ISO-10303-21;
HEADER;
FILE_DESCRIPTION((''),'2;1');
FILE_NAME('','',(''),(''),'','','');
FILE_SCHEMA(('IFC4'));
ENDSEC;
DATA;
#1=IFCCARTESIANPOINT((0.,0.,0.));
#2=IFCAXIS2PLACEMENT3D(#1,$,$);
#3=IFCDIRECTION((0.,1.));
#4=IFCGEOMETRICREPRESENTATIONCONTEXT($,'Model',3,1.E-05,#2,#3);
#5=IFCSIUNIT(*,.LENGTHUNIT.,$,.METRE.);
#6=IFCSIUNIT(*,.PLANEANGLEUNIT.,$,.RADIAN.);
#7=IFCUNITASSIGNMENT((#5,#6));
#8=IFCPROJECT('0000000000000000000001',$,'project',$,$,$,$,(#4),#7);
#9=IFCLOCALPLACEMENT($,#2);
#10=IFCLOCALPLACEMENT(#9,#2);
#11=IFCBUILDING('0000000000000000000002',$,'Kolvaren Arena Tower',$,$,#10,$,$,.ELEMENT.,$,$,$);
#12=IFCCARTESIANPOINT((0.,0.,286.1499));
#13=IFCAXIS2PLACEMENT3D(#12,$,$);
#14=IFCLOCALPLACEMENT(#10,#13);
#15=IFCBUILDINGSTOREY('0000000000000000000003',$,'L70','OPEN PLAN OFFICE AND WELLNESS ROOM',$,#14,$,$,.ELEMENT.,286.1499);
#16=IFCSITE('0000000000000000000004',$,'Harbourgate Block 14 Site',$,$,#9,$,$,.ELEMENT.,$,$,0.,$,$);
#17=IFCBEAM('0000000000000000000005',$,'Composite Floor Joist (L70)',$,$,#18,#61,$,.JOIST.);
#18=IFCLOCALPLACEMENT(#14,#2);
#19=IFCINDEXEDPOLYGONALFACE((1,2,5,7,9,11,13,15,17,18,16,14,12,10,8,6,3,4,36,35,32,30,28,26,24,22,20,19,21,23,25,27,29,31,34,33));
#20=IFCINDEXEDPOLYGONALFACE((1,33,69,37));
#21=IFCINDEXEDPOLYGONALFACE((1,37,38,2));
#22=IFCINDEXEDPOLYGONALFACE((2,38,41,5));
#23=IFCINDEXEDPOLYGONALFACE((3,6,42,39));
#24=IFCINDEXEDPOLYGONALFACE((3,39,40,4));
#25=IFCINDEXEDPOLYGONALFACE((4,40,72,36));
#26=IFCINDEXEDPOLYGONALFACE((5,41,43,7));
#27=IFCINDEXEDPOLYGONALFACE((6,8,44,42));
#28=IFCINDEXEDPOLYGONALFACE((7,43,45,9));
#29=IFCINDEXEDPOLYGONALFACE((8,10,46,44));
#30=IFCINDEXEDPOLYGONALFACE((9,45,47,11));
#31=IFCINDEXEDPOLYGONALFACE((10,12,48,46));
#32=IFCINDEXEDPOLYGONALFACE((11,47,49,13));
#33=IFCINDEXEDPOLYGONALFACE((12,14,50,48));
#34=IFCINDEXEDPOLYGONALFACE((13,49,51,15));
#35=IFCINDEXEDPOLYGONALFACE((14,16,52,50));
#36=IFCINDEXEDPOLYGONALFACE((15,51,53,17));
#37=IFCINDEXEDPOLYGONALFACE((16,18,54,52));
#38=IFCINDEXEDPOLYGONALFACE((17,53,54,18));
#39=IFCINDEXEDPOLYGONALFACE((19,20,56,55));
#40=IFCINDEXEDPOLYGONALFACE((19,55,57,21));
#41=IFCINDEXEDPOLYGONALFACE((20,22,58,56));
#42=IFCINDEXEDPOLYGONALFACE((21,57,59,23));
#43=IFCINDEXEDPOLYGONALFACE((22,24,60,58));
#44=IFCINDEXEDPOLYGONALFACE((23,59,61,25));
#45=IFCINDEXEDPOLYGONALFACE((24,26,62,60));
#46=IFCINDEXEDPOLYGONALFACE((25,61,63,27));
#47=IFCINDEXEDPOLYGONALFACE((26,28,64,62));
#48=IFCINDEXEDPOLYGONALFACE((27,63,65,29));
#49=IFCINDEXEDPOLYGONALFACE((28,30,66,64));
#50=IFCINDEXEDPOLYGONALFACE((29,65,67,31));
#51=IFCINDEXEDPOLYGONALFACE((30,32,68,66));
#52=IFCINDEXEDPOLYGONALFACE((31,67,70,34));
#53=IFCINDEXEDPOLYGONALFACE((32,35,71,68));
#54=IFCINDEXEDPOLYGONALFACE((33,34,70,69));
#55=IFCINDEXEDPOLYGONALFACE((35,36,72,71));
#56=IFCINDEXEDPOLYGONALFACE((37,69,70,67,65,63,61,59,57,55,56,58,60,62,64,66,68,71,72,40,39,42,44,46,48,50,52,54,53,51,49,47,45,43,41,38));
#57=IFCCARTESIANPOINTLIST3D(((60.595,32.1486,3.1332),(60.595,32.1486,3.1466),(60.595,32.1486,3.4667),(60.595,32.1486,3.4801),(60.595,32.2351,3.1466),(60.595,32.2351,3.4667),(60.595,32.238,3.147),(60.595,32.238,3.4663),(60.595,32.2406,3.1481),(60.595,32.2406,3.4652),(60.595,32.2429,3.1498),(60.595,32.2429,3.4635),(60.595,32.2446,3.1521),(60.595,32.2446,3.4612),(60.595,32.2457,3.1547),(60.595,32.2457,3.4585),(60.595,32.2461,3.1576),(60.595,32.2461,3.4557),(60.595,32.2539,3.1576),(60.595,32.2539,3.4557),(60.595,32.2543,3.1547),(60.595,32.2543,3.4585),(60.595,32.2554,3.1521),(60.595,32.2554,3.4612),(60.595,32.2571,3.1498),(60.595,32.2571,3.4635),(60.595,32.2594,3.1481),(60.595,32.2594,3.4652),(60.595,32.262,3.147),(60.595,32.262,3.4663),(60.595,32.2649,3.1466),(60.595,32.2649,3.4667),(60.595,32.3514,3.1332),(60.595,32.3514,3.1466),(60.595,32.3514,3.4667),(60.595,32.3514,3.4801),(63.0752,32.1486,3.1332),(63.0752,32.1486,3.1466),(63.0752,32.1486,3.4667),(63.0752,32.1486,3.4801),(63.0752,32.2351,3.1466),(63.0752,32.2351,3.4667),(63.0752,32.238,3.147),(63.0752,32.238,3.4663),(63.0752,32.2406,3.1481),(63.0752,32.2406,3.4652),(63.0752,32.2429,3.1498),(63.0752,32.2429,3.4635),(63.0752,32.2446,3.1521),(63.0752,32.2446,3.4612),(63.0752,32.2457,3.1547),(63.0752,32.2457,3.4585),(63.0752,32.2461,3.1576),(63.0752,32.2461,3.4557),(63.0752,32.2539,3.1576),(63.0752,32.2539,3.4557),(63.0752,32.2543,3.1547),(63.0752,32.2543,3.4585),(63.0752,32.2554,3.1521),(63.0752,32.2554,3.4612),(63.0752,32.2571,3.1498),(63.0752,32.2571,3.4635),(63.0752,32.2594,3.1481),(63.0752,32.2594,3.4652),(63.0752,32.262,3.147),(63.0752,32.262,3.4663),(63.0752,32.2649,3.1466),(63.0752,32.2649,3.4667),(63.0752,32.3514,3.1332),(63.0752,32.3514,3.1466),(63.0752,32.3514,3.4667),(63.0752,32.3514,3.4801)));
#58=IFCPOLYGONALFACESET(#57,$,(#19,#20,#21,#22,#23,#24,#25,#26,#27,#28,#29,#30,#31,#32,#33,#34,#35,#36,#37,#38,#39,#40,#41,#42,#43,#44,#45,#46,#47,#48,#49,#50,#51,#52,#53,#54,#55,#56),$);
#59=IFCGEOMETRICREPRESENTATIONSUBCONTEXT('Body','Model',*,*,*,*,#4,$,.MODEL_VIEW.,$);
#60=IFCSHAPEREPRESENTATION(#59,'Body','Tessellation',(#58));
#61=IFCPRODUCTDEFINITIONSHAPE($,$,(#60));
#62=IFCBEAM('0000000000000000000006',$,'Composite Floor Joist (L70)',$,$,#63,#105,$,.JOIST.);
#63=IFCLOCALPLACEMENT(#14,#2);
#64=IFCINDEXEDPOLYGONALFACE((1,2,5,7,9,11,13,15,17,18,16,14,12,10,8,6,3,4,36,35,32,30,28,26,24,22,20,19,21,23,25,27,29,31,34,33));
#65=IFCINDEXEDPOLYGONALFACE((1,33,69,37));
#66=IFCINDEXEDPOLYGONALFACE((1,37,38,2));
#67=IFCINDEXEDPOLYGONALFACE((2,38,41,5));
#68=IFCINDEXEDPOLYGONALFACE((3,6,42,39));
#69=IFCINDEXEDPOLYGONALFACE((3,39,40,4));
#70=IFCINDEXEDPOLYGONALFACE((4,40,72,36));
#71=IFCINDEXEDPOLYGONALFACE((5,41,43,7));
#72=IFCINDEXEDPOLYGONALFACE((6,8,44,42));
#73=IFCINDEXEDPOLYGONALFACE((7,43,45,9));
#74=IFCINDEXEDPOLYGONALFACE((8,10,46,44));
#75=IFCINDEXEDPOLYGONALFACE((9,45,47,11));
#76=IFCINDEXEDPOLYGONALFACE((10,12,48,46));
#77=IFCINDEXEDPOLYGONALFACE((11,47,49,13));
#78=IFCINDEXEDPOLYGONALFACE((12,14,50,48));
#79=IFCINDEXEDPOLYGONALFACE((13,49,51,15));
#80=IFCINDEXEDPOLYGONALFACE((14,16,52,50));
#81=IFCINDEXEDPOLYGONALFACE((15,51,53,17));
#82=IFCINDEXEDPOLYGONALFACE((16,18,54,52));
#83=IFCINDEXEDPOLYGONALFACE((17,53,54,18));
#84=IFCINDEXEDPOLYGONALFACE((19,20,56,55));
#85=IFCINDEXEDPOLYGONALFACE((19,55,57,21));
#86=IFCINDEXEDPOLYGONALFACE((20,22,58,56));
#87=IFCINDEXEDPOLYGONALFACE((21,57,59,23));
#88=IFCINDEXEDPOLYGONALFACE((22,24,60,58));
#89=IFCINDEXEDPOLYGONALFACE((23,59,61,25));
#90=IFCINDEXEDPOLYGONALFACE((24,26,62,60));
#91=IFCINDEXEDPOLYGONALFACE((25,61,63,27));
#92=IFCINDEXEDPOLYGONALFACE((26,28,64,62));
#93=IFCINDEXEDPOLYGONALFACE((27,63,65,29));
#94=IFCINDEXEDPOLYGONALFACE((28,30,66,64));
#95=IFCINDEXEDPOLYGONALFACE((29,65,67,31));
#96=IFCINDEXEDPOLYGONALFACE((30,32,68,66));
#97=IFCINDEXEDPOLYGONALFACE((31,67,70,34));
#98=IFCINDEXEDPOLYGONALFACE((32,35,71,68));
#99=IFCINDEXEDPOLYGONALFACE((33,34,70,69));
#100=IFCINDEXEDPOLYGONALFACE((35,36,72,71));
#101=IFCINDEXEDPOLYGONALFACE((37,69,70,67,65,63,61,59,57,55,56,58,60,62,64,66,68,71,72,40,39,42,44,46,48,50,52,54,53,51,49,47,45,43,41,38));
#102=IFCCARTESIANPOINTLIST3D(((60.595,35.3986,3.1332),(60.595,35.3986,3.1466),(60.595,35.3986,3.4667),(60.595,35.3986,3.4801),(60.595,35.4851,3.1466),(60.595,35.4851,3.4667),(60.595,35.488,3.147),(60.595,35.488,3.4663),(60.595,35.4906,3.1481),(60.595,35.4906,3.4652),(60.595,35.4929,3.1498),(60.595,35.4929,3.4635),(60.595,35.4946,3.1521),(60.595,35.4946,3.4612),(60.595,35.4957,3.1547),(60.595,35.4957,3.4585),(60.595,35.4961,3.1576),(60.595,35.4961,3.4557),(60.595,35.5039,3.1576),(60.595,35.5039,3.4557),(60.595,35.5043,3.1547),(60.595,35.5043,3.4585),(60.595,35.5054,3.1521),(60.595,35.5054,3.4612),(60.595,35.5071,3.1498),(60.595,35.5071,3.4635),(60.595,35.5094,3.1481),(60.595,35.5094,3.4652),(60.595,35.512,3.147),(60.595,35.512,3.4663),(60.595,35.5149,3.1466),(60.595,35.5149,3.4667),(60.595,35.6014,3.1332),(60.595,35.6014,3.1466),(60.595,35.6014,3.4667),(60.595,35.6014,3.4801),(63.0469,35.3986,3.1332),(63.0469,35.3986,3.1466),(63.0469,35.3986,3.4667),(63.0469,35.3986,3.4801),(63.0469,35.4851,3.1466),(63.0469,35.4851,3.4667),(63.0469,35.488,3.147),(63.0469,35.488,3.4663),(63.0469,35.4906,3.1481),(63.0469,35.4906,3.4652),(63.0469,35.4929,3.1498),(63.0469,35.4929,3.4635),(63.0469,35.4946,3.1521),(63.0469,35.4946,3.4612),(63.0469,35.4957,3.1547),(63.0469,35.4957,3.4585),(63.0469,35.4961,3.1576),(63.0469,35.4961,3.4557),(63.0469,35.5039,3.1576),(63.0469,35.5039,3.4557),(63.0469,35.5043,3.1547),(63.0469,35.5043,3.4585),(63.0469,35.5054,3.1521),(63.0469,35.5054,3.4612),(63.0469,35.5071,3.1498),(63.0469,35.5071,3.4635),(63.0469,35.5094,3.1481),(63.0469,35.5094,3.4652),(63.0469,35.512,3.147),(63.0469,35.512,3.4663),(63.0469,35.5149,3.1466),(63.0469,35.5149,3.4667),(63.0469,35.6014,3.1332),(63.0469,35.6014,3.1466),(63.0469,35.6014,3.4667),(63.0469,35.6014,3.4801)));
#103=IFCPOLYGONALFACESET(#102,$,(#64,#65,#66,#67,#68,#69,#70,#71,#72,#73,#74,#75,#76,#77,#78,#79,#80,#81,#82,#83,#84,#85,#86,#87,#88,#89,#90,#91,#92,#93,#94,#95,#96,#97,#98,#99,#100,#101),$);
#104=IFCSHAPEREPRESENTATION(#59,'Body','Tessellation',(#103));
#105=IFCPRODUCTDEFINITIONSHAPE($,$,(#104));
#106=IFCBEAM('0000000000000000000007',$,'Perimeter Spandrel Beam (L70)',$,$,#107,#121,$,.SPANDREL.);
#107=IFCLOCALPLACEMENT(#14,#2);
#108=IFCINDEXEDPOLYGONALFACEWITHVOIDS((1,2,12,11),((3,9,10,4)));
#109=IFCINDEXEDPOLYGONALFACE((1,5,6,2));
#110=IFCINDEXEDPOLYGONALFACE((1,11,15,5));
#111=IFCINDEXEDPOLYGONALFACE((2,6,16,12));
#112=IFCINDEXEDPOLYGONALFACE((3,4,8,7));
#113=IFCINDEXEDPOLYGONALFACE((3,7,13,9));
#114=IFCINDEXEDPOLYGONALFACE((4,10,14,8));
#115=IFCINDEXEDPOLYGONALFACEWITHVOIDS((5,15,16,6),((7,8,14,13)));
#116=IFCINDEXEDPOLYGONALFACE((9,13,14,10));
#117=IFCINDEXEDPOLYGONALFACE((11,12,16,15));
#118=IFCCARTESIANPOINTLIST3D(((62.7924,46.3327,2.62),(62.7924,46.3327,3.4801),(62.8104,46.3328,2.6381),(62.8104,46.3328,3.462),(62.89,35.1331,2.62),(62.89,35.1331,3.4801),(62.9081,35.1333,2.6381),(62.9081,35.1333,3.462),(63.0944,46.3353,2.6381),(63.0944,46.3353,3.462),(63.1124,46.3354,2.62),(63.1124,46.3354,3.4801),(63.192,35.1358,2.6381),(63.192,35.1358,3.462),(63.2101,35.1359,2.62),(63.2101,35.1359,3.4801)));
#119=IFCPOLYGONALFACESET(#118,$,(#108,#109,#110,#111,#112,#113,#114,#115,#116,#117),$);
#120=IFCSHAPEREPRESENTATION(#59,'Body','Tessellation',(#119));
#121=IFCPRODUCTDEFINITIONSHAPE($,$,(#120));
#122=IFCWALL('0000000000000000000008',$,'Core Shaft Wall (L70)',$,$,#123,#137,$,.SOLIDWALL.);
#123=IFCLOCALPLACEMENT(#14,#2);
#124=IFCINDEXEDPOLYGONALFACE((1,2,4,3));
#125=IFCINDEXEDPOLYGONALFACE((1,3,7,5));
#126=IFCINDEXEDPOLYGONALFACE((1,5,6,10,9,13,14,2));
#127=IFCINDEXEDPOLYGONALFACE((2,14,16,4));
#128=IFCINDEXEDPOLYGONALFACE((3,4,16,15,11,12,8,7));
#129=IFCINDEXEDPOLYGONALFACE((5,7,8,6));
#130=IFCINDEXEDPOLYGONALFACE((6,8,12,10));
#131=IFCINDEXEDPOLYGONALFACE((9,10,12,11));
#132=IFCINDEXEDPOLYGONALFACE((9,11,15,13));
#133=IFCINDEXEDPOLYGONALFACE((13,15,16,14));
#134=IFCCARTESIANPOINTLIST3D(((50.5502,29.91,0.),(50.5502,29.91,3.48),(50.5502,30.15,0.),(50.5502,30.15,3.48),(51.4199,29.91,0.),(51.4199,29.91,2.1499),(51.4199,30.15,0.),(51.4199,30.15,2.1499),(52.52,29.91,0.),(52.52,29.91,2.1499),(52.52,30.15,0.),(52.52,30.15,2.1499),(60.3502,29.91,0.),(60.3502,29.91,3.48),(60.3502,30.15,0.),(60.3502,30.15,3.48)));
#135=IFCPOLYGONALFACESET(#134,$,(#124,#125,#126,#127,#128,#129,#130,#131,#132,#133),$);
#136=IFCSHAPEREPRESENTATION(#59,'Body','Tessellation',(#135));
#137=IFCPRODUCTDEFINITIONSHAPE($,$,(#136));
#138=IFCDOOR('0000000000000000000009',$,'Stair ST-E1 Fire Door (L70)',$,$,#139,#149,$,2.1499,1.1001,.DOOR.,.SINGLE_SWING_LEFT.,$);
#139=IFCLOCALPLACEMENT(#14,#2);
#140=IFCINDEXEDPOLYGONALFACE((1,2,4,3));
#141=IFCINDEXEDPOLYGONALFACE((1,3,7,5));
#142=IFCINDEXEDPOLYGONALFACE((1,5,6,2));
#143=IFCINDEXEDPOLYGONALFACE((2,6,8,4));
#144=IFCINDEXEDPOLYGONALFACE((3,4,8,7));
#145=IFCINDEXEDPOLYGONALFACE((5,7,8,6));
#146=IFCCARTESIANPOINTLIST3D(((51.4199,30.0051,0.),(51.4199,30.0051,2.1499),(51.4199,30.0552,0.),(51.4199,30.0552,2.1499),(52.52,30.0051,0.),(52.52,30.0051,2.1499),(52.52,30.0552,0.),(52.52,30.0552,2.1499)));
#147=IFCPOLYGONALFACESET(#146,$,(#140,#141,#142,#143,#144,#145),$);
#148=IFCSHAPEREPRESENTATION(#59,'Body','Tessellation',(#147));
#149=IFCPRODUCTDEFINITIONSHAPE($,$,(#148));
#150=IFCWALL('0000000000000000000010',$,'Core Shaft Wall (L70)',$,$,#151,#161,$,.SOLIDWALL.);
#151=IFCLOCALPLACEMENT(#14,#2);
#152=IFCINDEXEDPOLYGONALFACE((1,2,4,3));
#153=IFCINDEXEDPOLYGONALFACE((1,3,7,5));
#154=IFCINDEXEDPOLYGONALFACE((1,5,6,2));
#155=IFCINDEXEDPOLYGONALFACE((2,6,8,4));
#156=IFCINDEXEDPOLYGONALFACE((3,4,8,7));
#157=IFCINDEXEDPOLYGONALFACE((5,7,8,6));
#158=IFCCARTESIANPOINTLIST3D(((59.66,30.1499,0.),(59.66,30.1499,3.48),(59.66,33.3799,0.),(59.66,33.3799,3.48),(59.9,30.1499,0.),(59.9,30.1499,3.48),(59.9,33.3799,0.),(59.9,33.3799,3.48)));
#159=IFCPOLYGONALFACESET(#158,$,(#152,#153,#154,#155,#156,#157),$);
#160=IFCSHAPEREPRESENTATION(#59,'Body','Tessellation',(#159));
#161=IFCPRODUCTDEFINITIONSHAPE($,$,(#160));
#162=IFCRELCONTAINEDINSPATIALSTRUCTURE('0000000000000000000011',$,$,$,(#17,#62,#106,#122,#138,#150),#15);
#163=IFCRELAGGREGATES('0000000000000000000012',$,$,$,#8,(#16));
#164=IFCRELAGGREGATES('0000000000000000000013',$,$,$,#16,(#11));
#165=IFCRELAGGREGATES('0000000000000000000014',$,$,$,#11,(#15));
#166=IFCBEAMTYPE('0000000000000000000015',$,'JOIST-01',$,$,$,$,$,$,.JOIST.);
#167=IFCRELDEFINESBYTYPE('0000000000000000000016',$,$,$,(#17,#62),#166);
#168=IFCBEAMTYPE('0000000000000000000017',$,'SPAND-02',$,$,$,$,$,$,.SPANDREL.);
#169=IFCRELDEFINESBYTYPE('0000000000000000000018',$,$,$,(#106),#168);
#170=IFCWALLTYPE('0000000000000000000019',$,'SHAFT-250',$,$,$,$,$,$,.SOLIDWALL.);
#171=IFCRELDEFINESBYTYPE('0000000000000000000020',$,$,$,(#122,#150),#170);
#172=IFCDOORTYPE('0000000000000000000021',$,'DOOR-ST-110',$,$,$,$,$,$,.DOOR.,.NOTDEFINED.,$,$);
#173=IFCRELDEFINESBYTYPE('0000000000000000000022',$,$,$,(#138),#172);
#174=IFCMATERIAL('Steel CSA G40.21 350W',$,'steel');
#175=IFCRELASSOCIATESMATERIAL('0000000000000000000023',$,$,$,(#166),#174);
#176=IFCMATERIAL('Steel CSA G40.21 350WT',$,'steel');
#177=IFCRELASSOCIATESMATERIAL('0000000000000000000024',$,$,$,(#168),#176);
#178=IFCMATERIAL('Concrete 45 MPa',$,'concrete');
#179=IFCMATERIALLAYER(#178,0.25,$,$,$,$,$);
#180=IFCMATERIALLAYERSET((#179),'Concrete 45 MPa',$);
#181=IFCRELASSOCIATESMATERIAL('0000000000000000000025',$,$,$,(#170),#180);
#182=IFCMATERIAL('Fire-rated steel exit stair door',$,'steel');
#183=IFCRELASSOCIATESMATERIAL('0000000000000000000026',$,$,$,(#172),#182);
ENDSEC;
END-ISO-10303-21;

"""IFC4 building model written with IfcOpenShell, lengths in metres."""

from ifc_helpers import new_model, si_unit, direction, frame, frame_2d, origin, origin_2d, place, context, subcontext, project, spatial, rectangle, hollow_rectangle, i_section, extrude, material, layer, layer_set, material_profile, profile_set, type_object, element, fill, save


model = new_model("IFC4")

# Units and contexts
model_context = context("Model", 3, precision=1e-05, world=origin(), true_north=direction((0.0, 1.0)))
body_context = subcontext(model_context, "Body", "Model", "MODEL_VIEW")
ifc_project = project(units=[si_unit("LENGTHUNIT", "METRE"), si_unit("PLANEANGLEUNIT", "RADIAN")], contexts=[model_context])

# Site, building, storey
site_placement = place(None, origin())
site = spatial("IfcSite", under=ifc_project, at=site_placement, Name="Harbourgate Block 14 Site", CompositionType="ELEMENT", RefElevation=0.0)
building_placement = place(site_placement, origin())
building = spatial("IfcBuilding", under=site, at=building_placement, Name="Kolvaren Arena Tower", CompositionType="ELEMENT")
storey_placement = place(building_placement, frame((0.0, 0.0, 286.1499)))
storey = spatial("IfcBuildingStorey", under=building, at=storey_placement, Name="L70", Description="OPEN PLAN OFFICE AND WELLNESS ROOM", CompositionType="ELEMENT", Elevation=286.1499)

# Beams
ifc_material_1 = material(Name="Steel CSA G40.21 350W", Category="steel")
ifc_material_profile_1 = material_profile(ifc_material_1, i_section(OverallWidth=0.2029, OverallDepth=0.3469, WebThickness=0.0078, FlangeThickness=0.0134, FilletRadius=0.011, at=origin_2d()), Name="W360x64")
ifc_profile_set_1 = profile_set([ifc_material_profile_1], Name="Steel CSA G40.21 350W")
beam_type_1 = type_object("IfcBeamType", Name="JOIST-01", PredefinedType="JOIST", material=ifc_profile_set_1)
beam_1_placement = place(storey_placement, frame((60.595, 32.25, 3.3066), z_axis=(1.0, 0.0, 0.0), x_axis=(0.0, 1.0, 0.0)))
element("IfcBeam", 1, at=beam_1_placement, inside=storey, type_object=beam_type_1, Name="Composite Floor Joist (L70)", PredefinedType="JOIST", context=body_context, shape_type="SweptSolid", body=[
    extrude(i_section(OverallWidth=0.2029, OverallDepth=0.3469, WebThickness=0.0078, FlangeThickness=0.0134, FilletRadius=0.011, at=origin_2d()), origin(), (0.0, 0.0, 1.0), 2.4802),
])
beam_2_placement = place(storey_placement, frame((60.595, 35.5, 3.3066), z_axis=(1.0, 0.0, 0.0), x_axis=(0.0, 1.0, 0.0)))
element("IfcBeam", 2, at=beam_2_placement, inside=storey, type_object=beam_type_1, Name="Composite Floor Joist (L70)", PredefinedType="JOIST", context=body_context, shape_type="SweptSolid", body=[
    extrude(i_section(OverallWidth=0.2029, OverallDepth=0.3469, WebThickness=0.0078, FlangeThickness=0.0134, FilletRadius=0.011, at=origin_2d()), origin(), (0.0, 0.0, 1.0), 2.4519),
])
ifc_material_2 = material(Name="Steel CSA G40.21 350WT", Category="steel")
ifc_material_profile_2 = material_profile(ifc_material_2, hollow_rectangle(XDim=0.3201, YDim=0.8601, WallThickness=0.0181, at=origin_2d()), Name="HSS 860x320x18")
ifc_profile_set_2 = profile_set([ifc_material_profile_2], Name="Steel CSA G40.21 350WT")
beam_type_2 = type_object("IfcBeamType", Name="SPAND-02", PredefinedType="SPANDREL", material=ifc_profile_set_2)
beam_3_placement = place(storey_placement, frame((63.05, 35.1345, 3.05), z_axis=(-0.008719, 0.999962, 0.0), x_axis=(-0.999962, -0.008719, 0.0)))
element("IfcBeam", 3, at=beam_3_placement, inside=storey, type_object=beam_type_2, Name="Perimeter Spandrel Beam (L70)", PredefinedType="SPANDREL", context=body_context, shape_type="SweptSolid", body=[
    extrude(hollow_rectangle(XDim=0.3201, YDim=0.8601, WallThickness=0.0181, at=origin_2d()), origin(), (0.0, 0.0, 1.0), 11.2),
])

# Wall, opening, door
ifc_material_3 = material(Name="Concrete 45 MPa", Category="concrete")
ifc_layer = layer(ifc_material_3, 0.25)
ifc_layer_set = layer_set([ifc_layer], Name="Concrete 45 MPa")
wall_type = type_object("IfcWallType", Name="SHAFT-250", PredefinedType="SOLIDWALL", material=ifc_layer_set)
wall_1_placement = place(storey_placement, frame((60.3501, 30.03, 0.0), z_axis=(0.0, 0.0, 1.0), x_axis=(-1.0, 0.0, 0.0)))
wall_1 = element("IfcWall", 4, at=wall_1_placement, inside=storey, type_object=wall_type, Name="Core Shaft Wall (L70)", PredefinedType="SOLIDWALL", context=body_context, shape_type="SweptSolid", body=[
    extrude(rectangle(XDim=9.8, YDim=0.24, at=frame_2d((4.8999, 0.0))), origin(), (0.0, 0.0, 1.0), 3.48),
])
opening_1_placement = place(wall_1_placement, frame((7.8301, 0.0, 0.0)))
opening_1 = element("IfcOpeningElement", 5, at=opening_1_placement, cuts=wall_1, PredefinedType="OPENING", context=body_context, shape_type="SweptSolid", body=[
    extrude(rectangle(XDim=1.1001, YDim=2.1499, at=frame_2d((0.55, 1.075))), frame((0.0, 0.1299, 0.0), z_axis=(0.0, -1.0, 0.0), x_axis=(1.0, 0.0, 0.0)), (0.0, 0.0, 1.0), 0.26),
])
ifc_material_4 = material(Name="Fire-rated steel exit stair door", Category="steel")
door_type_1 = type_object("IfcDoorType", Name="DOOR-ST-110", OperationType="NOTDEFINED", PredefinedType="DOOR", material=ifc_material_4)
door_1_placement = place(opening_1_placement, origin())
door_1 = element("IfcDoor", 6, at=door_1_placement, inside=storey, type_object=door_type_1, Name="Stair ST-E1 Fire Door (L70)", OperationType="SINGLE_SWING_LEFT", OverallHeight=2.1499, OverallWidth=1.1001, PredefinedType="DOOR", context=body_context, shape_type="SweptSolid", body=[
    extrude(rectangle(XDim=1.1001, YDim=2.1499, at=frame_2d((0.55, 1.075))), frame((0.0, 0.0249, 0.0), z_axis=(0.0, -1.0, 0.0), x_axis=(1.0, 0.0, 0.0)), (0.0, 0.0, 1.0), 0.05),
])
fill(opening_1, door_1)

# Wall
wall_2_placement = place(storey_placement, frame((59.78, 30.1499, 0.0), z_axis=(0.0, 0.0, 1.0), x_axis=(0.0, 1.0, 0.0)))
element("IfcWall", 7, at=wall_2_placement, inside=storey, type_object=wall_type, Name="Core Shaft Wall (L70)", PredefinedType="SOLIDWALL", context=body_context, shape_type="SweptSolid", body=[
    extrude(rectangle(XDim=3.23, YDim=0.24, at=frame_2d((1.615, 0.0))), origin(), (0.0, 0.0, 1.0), 3.48),
])

save(model, "model.ifc")
